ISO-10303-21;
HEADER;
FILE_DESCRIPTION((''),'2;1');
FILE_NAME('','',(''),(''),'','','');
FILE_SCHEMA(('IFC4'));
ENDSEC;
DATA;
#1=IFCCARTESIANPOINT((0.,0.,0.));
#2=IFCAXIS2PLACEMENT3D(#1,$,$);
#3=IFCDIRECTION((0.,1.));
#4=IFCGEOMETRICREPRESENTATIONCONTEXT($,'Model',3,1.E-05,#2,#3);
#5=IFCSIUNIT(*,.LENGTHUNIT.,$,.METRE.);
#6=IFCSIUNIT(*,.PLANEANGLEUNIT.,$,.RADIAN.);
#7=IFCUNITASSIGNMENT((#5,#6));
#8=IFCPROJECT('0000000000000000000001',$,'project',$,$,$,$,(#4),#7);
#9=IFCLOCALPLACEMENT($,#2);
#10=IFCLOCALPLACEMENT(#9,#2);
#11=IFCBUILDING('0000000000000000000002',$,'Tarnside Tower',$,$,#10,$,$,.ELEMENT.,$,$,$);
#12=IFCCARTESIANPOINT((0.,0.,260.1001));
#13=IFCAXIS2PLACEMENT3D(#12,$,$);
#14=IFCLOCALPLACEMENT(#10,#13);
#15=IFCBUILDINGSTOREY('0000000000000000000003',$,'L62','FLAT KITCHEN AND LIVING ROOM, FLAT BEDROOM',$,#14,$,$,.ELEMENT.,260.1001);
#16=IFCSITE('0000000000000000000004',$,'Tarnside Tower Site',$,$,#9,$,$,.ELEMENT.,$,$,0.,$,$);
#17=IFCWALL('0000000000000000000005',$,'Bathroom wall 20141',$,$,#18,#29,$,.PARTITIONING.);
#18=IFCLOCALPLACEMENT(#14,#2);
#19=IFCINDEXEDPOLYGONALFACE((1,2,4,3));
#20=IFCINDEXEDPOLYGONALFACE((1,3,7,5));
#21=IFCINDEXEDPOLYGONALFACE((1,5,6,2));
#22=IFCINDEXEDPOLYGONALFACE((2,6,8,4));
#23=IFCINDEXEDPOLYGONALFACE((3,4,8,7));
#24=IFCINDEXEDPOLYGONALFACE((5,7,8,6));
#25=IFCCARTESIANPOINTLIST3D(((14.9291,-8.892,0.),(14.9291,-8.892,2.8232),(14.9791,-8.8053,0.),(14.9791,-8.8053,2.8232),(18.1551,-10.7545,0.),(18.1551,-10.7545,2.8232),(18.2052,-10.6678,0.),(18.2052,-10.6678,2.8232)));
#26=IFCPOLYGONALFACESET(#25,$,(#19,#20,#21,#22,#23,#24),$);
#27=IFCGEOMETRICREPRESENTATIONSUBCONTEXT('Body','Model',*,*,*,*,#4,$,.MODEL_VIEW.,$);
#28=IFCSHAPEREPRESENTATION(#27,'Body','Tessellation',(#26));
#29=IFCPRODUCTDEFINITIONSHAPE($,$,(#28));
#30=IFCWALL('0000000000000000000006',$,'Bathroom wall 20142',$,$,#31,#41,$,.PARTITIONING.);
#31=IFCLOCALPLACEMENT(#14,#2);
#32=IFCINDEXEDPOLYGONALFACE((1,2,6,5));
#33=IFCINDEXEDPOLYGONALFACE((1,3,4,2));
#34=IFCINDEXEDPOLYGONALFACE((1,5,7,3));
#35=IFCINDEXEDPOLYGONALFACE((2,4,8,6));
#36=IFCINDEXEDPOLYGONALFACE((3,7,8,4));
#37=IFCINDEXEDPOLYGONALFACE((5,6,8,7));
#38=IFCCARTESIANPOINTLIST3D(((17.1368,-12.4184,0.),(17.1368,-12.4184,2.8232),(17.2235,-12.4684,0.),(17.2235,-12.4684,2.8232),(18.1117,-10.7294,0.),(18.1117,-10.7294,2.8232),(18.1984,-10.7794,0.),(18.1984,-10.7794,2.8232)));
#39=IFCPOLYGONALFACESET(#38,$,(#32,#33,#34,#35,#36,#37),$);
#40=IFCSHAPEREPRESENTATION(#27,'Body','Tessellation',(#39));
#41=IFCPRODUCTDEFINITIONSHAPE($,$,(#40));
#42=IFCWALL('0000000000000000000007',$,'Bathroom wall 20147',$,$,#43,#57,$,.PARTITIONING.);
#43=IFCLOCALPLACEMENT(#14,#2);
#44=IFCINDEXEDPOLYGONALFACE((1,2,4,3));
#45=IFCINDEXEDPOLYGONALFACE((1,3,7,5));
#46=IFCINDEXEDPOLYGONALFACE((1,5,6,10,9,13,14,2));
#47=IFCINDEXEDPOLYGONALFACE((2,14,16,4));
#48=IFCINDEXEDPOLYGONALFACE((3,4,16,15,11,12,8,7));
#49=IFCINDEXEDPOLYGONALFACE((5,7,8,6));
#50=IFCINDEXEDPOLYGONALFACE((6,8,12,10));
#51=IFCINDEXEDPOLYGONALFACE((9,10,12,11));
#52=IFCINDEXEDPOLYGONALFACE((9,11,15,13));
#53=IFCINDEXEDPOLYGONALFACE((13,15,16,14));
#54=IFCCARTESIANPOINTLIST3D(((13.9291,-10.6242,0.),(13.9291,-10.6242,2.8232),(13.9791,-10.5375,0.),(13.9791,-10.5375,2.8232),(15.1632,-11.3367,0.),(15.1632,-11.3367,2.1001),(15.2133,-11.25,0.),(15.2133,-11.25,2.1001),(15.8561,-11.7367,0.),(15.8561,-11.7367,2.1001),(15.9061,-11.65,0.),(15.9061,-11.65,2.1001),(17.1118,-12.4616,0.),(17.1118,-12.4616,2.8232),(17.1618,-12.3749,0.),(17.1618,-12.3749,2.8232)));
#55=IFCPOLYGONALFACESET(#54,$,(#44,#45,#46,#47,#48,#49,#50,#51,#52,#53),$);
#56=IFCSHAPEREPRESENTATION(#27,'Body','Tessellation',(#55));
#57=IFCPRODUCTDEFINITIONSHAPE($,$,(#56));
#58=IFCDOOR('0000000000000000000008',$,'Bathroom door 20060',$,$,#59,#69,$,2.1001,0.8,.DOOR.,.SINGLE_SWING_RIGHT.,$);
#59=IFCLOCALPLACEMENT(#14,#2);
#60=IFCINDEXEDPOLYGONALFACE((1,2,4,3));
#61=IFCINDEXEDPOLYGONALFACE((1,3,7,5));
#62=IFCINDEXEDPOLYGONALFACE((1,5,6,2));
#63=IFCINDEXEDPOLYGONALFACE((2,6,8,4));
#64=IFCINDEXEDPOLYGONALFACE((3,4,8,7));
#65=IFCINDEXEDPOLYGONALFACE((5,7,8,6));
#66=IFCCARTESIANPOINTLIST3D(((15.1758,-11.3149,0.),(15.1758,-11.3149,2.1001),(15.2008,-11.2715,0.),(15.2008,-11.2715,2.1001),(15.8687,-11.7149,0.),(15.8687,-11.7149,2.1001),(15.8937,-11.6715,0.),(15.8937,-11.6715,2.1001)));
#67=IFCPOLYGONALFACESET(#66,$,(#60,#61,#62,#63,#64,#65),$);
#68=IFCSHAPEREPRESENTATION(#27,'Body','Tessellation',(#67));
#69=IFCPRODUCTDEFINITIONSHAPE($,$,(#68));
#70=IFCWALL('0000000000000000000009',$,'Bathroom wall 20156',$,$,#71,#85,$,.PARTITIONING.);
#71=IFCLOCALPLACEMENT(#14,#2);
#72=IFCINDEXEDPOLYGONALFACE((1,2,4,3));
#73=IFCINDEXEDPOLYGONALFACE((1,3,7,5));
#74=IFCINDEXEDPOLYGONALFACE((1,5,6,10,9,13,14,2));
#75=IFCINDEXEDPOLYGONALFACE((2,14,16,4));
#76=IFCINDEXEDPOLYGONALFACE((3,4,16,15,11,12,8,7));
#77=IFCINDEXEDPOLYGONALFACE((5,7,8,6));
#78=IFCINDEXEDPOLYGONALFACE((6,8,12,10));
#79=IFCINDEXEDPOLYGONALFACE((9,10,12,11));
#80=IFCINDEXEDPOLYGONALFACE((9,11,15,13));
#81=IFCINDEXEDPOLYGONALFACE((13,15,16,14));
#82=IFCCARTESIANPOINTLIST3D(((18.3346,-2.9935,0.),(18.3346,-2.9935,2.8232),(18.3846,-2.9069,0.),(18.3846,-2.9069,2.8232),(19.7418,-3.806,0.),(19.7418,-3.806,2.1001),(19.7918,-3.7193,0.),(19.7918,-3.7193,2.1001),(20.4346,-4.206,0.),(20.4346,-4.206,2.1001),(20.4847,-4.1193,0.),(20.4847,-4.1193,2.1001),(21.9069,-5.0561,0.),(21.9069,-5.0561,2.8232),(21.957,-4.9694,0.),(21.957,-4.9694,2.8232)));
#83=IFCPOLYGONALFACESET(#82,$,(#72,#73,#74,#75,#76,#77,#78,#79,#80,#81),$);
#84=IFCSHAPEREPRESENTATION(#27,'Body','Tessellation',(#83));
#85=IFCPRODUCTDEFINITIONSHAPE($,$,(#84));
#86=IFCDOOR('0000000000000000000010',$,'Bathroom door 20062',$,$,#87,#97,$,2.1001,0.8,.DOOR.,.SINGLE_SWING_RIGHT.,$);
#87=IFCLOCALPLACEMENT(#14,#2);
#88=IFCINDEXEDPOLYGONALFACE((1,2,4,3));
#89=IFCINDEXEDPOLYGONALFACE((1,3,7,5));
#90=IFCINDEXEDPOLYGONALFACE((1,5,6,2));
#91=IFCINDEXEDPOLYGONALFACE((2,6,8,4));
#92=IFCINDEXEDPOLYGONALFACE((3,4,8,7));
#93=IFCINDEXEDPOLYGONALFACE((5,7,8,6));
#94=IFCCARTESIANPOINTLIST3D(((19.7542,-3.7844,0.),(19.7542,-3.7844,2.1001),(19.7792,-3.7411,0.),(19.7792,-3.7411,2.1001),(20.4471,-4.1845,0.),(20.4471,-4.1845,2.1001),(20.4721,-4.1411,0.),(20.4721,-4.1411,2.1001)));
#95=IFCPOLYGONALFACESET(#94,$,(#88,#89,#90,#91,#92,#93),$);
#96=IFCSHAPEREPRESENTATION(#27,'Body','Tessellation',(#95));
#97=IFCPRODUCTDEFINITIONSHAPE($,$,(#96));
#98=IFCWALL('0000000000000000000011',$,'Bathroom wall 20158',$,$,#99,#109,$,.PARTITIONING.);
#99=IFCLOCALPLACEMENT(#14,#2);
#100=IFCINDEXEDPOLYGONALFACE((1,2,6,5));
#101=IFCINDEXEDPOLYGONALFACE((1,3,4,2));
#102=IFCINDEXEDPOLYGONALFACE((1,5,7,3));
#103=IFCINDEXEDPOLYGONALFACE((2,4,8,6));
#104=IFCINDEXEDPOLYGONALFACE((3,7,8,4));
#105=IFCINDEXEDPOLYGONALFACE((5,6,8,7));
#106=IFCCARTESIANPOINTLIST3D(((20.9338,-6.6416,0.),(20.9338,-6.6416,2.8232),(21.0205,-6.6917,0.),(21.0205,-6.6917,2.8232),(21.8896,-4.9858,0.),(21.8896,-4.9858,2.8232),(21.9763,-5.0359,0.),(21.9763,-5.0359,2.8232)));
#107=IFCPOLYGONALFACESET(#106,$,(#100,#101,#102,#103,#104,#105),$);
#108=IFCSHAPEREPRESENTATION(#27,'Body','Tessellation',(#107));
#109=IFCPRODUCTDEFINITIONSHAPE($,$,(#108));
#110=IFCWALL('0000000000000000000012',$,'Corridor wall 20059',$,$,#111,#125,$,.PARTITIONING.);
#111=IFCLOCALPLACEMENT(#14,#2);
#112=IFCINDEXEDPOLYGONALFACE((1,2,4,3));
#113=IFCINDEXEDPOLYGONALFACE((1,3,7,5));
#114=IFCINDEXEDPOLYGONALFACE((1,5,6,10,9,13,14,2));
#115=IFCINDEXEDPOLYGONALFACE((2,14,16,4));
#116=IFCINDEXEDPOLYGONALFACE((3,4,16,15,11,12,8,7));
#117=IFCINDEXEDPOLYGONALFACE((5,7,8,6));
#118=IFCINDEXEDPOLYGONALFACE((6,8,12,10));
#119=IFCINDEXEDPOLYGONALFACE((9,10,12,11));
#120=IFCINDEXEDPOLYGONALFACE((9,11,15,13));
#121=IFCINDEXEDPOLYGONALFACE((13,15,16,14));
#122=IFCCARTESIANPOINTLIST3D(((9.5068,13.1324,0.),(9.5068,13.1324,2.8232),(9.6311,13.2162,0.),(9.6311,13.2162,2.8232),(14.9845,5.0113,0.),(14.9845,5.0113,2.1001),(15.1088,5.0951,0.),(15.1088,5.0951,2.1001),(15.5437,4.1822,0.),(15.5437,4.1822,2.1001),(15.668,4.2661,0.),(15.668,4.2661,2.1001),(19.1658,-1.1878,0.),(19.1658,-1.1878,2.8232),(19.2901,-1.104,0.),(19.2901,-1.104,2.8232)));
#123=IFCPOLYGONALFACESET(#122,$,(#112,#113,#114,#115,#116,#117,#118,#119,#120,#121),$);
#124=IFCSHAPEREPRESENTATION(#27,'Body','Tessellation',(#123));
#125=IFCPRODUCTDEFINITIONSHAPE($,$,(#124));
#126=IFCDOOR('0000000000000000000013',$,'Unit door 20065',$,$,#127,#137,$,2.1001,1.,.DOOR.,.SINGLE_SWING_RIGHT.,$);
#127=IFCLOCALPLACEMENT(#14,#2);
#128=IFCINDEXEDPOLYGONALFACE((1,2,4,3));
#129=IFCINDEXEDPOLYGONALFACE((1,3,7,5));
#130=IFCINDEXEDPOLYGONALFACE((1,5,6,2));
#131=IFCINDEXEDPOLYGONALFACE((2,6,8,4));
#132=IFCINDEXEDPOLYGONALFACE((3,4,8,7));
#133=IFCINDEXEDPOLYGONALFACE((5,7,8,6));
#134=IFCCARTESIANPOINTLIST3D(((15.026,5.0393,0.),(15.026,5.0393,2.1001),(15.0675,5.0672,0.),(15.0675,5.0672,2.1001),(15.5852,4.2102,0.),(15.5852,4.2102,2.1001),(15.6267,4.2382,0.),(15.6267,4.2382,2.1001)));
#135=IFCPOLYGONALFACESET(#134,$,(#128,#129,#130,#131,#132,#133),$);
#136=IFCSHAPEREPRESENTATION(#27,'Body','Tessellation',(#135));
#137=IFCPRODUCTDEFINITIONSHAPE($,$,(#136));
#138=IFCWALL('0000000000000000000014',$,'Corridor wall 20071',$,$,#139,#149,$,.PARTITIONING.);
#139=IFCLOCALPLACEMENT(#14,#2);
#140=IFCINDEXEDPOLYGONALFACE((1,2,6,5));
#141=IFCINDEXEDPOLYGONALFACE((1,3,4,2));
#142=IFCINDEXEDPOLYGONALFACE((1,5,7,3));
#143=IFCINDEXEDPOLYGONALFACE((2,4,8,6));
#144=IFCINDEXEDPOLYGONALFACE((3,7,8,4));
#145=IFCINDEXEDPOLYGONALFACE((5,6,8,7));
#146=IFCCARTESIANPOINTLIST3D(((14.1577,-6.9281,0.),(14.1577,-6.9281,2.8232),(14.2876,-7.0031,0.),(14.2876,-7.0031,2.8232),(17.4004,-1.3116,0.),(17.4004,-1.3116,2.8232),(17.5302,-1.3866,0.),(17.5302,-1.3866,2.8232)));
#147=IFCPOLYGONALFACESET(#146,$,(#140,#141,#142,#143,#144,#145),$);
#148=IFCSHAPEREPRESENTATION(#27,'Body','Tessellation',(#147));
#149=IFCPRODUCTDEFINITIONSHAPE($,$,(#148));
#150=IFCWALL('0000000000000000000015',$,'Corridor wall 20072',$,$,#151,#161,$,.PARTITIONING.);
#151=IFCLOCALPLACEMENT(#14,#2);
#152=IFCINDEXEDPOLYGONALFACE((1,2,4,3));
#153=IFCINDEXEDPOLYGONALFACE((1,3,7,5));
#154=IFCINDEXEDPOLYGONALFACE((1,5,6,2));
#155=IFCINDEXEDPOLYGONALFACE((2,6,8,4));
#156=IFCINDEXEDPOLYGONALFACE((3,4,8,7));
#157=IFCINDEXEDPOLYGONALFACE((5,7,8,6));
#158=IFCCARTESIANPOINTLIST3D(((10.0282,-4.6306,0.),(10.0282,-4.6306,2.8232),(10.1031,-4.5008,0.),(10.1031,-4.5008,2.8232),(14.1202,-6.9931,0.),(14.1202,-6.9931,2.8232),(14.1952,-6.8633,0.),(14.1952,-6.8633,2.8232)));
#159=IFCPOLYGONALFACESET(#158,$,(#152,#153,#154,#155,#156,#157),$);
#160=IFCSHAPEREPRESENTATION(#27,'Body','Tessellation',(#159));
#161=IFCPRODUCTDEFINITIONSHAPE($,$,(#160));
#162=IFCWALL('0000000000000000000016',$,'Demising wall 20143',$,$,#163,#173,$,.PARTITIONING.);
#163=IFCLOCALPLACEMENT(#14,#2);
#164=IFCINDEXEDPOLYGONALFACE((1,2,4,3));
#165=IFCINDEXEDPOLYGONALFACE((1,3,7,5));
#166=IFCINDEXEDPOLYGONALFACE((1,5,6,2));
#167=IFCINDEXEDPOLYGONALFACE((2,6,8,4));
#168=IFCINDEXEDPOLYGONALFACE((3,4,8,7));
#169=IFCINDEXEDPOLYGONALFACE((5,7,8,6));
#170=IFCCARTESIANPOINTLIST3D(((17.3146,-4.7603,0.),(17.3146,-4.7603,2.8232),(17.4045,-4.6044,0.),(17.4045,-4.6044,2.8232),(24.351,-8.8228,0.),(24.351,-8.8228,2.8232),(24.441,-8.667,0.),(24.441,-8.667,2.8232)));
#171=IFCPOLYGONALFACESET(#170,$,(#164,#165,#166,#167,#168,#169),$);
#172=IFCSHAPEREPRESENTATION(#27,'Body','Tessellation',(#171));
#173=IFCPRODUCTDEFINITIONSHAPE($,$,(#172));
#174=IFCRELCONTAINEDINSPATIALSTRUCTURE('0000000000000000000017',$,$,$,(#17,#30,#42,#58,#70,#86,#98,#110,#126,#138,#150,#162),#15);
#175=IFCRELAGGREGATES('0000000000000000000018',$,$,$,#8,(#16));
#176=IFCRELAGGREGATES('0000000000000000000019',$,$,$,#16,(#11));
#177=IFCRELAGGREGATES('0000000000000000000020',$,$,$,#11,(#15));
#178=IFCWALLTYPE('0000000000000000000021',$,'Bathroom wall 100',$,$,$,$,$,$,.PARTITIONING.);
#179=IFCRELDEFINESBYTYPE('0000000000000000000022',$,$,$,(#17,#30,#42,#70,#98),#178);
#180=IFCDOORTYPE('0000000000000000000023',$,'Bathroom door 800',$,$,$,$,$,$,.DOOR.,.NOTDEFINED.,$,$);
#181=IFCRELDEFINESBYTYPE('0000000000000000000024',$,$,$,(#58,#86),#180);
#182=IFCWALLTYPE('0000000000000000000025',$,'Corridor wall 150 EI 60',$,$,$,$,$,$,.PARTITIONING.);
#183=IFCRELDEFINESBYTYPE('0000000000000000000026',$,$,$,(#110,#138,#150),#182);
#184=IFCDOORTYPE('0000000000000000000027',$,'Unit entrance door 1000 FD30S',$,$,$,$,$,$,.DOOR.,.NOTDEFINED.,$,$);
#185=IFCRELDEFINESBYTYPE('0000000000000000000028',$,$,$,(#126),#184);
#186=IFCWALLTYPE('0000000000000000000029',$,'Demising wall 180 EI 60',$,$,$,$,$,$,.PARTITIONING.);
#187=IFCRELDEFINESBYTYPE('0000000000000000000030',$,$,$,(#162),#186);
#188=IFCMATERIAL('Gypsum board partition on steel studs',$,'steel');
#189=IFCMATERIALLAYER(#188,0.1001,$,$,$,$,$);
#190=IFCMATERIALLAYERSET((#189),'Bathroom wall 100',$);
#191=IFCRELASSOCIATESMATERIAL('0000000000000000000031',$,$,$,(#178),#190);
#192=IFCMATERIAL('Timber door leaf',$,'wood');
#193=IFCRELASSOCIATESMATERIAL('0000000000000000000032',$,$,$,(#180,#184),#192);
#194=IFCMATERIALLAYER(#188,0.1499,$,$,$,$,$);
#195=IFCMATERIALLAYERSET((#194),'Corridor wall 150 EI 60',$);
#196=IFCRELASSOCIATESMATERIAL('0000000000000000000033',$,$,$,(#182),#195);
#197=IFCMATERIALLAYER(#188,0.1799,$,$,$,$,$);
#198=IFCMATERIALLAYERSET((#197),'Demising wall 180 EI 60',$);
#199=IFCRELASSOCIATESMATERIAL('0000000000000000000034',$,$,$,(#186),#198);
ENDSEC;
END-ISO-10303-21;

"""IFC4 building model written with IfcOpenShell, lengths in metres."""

from ifc_helpers import new_model, si_unit, direction, frame, frame_2d, origin, place, context, subcontext, project, spatial, rectangle, extrude, material, layer, layer_set, type_object, element, fill, save


model = new_model("IFC4")

# Units and contexts
model_context = context("Model", 3, precision=1e-05, world=origin(), true_north=direction((0.0, 1.0)))
body_context = subcontext(model_context, "Body", "Model", "MODEL_VIEW")
ifc_project = project(units=[si_unit("LENGTHUNIT", "METRE"), si_unit("PLANEANGLEUNIT", "RADIAN")], contexts=[model_context])

# Site, building, storey
site_placement = place(None, origin())
site = spatial("IfcSite", under=ifc_project, at=site_placement, Name="Tarnside Tower Site", CompositionType="ELEMENT", RefElevation=0.0)
building_placement = place(site_placement, origin())
building = spatial("IfcBuilding", under=site, at=building_placement, Name="Tarnside Tower", CompositionType="ELEMENT")
storey_placement = place(building_placement, frame((0.0, 0.0, 260.1001)))
storey = spatial("IfcBuildingStorey", under=building, at=storey_placement, Name="L62", Description="FLAT KITCHEN AND LIVING ROOM, FLAT BEDROOM", CompositionType="ELEMENT", Elevation=260.1001)

# Walls
ifc_material_1 = material(Name="Gypsum board partition on steel studs", Category="steel")
ifc_layer_1 = layer(ifc_material_1, 0.1001)
ifc_layer_set_1 = layer_set([ifc_layer_1], Name="Bathroom wall 100")
wall_type_1 = type_object("IfcWallType", Name="Bathroom wall 100", PredefinedType="PARTITIONING", material=ifc_layer_set_1)
wall_1_placement = place(storey_placement, frame((14.9541, -8.8486, 0.0), z_axis=(0.0, 0.0, 1.0), x_axis=(0.866028, -0.499995, 0.0)))
element("IfcWall", 1, at=wall_1_placement, inside=storey, type_object=wall_type_1, Name="Bathroom wall 20141", PredefinedType="PARTITIONING", context=body_context, shape_type="SweptSolid", body=[
    extrude(rectangle(XDim=3.7251, YDim=0.1001, at=frame_2d((1.8625, 0.0))), origin(), (0.0, 0.0, 1.0), 2.8232),
])
wall_2_placement = place(storey_placement, frame((18.155, -10.7544, 0.0), z_axis=(0.0, 0.0, 1.0), x_axis=(-0.499896, -0.866086, 0.0)))
element("IfcWall", 2, at=wall_2_placement, inside=storey, type_object=wall_type_1, Name="Bathroom wall 20142", PredefinedType="PARTITIONING", context=body_context, shape_type="SweptSolid", body=[
    extrude(rectangle(XDim=1.9502, YDim=0.1001, at=frame_2d((0.9751, 0.0))), origin(), (0.0, 0.0, 1.0), 2.8232),
])

# Walls, openings, doors
wall_3_placement = place(storey_placement, frame((17.1367, -12.4182, 0.0), z_axis=(0.0, 0.0, 1.0), x_axis=(-0.866035, 0.499983, 0.0)))
wall_3 = element("IfcWall", 3, at=wall_3_placement, inside=storey, type_object=wall_type_1, Name="Bathroom wall 20147", PredefinedType="PARTITIONING", context=body_context, shape_type="SweptSolid", body=[
    extrude(rectangle(XDim=3.675, YDim=0.1001, at=frame_2d((1.8374, 0.0))), origin(), (0.0, 0.0, 1.0), 2.8232),
])
opening_1_placement = place(wall_3_placement, frame((1.45, 0.0, 0.0)))
opening_1 = element("IfcOpeningElement", 4, at=opening_1_placement, cuts=wall_3, PredefinedType="OPENING", context=body_context, shape_type="SweptSolid", body=[
    extrude(rectangle(XDim=0.8, YDim=2.1001, at=frame_2d((0.3999, 1.05))), frame((0.0, 0.0601, 0.0), z_axis=(0.0, -1.0, 0.0), x_axis=(1.0, 0.0, 0.0)), (0.0, 0.0, 1.0), 0.1201),
])
ifc_material_2 = material(Name="Timber door leaf", Category="wood")
door_type_1 = type_object("IfcDoorType", Name="Bathroom door 800", OperationType="NOTDEFINED", PredefinedType="DOOR", material=ifc_material_2)
door_1_placement = place(opening_1_placement, origin())
door_1 = element("IfcDoor", 5, at=door_1_placement, inside=storey, type_object=door_type_1, Name="Bathroom door 20060", OperationType="SINGLE_SWING_RIGHT", OverallHeight=2.1001, OverallWidth=0.8, PredefinedType="DOOR", context=body_context, shape_type="SweptSolid", body=[
    extrude(rectangle(XDim=0.8, YDim=2.1001, at=frame_2d((0.3999, 1.05))), frame((0.0, 0.0249, 0.0), z_axis=(0.0, -1.0, 0.0), x_axis=(1.0, 0.0, 0.0)), (0.0, 0.0, 1.0), 0.05),
])
fill(opening_1, door_1)
wall_4_placement = place(storey_placement, frame((18.3596, -2.9502, 0.0), z_axis=(0.0, 0.0, 1.0), x_axis=(0.86602, -0.500009, 0.0)))
wall_4 = element("IfcWall", 6, at=wall_4_placement, inside=storey, type_object=wall_type_1, Name="Bathroom wall 20156", PredefinedType="PARTITIONING", context=body_context, shape_type="SweptSolid", body=[
    extrude(rectangle(XDim=4.125, YDim=0.1001, at=frame_2d((2.0625, 0.0))), origin(), (0.0, 0.0, 1.0), 2.8232),
])
opening_2_placement = place(wall_4_placement, frame((1.625, 0.0, 0.0)))
opening_2 = element("IfcOpeningElement", 7, at=opening_2_placement, cuts=wall_4, PredefinedType="OPENING", context=body_context, shape_type="SweptSolid", body=[
    extrude(rectangle(XDim=0.8, YDim=2.1001, at=frame_2d((0.3999, 1.05))), frame((0.0, 0.0601, 0.0), z_axis=(0.0, -1.0, 0.0), x_axis=(1.0, 0.0, 0.0)), (0.0, 0.0, 1.0), 0.1201),
])
door_2_placement = place(opening_2_placement, origin())
door_2 = element("IfcDoor", 8, at=door_2_placement, inside=storey, type_object=door_type_1, Name="Bathroom door 20062", OperationType="SINGLE_SWING_RIGHT", OverallHeight=2.1001, OverallWidth=0.8, PredefinedType="DOOR", context=body_context, shape_type="SweptSolid", body=[
    extrude(rectangle(XDim=0.8, YDim=2.1001, at=frame_2d((0.3999, 1.05))), frame((0.0, 0.0249, 0.0), z_axis=(0.0, -1.0, 0.0), x_axis=(1.0, 0.0, 0.0)), (0.0, 0.0, 1.0), 0.05),
])
fill(opening_2, door_2)

# Wall
wall_5_placement = place(storey_placement, frame((20.9771, -6.6667, 0.0), z_axis=(0.0, 0.0, 1.0), x_axis=(0.499944, 0.866058, 0.0)))
element("IfcWall", 9, at=wall_5_placement, inside=storey, type_object=wall_type_1, Name="Bathroom wall 20158", PredefinedType="PARTITIONING", context=body_context, shape_type="SweptSolid", body=[
    extrude(rectangle(XDim=1.9119, YDim=0.1001, at=frame_2d((0.9561, 0.0))), origin(), (0.0, 0.0, 1.0), 2.8232),
])

# Wall, opening, door
ifc_layer_2 = layer(ifc_material_1, 0.1499)
ifc_layer_set_2 = layer_set([ifc_layer_2], Name="Corridor wall 150 EI 60")
wall_type_2 = type_object("IfcWallType", Name="Corridor wall 150 EI 60", PredefinedType="PARTITIONING", material=ifc_layer_set_2)
wall_6_placement = place(storey_placement, frame((19.228, -1.146, 0.0), z_axis=(0.0, 0.0, 1.0), x_axis=(-0.55919, 0.82904, 0.0)))
wall_6 = element("IfcWall", 10, at=wall_6_placement, inside=storey, type_object=wall_type_2, Name="Corridor wall 20059", PredefinedType="PARTITIONING", context=body_context, shape_type="SweptSolid", body=[
    extrude(rectangle(XDim=17.2732, YDim=0.1499, at=frame_2d((8.6367, 0.0))), origin(), (0.0, 0.0, 1.0), 2.8232),
])
opening_3_placement = place(wall_6_placement, frame((6.4775, 0.0, 0.0)))
opening_3 = element("IfcOpeningElement", 11, at=opening_3_placement, cuts=wall_6, PredefinedType="OPENING", context=body_context, shape_type="SweptSolid", body=[
    extrude(rectangle(XDim=1.0, YDim=2.1001, at=frame_2d((0.5, 1.05))), frame((0.0, 0.085, 0.0), z_axis=(0.0, -1.0, 0.0), x_axis=(1.0, 0.0, 0.0)), (0.0, 0.0, 1.0), 0.1699),
])
door_type_2 = type_object("IfcDoorType", Name="Unit entrance door 1000 FD30S", OperationType="NOTDEFINED", PredefinedType="DOOR", material=ifc_material_2)
door_3_placement = place(opening_3_placement, origin())
door_3 = element("IfcDoor", 12, at=door_3_placement, inside=storey, type_object=door_type_2, Name="Unit door 20065", OperationType="SINGLE_SWING_RIGHT", OverallHeight=2.1001, OverallWidth=1.0, PredefinedType="DOOR", context=body_context, shape_type="SweptSolid", body=[
    extrude(rectangle(XDim=1.0, YDim=2.1001, at=frame_2d((0.5, 1.05))), frame((0.0, 0.0249, 0.0), z_axis=(0.0, -1.0, 0.0), x_axis=(1.0, 0.0, 0.0)), (0.0, 0.0, 1.0), 0.05),
])
fill(opening_3, door_3)

# Walls
wall_7_placement = place(storey_placement, frame((17.4653, -1.3491, 0.0), z_axis=(0.0, 0.0, 1.0), x_axis=(-0.500002, -0.866024, 0.0)))
element("IfcWall", 13, at=wall_7_placement, inside=storey, type_object=wall_type_2, Name="Corridor wall 20071", PredefinedType="PARTITIONING", context=body_context, shape_type="SweptSolid", body=[
    extrude(rectangle(XDim=6.4854, YDim=0.1499, at=frame_2d((3.2427, 0.0))), origin(), (0.0, 0.0, 1.0), 2.8232),
])
wall_8_placement = place(storey_placement, frame((14.1577, -6.9282, 0.0), z_axis=(0.0, 0.0, 1.0), x_axis=(-0.866025, 0.500001, 0.0)))
element("IfcWall", 14, at=wall_8_placement, inside=storey, type_object=wall_type_2, Name="Corridor wall 20072", PredefinedType="PARTITIONING", context=body_context, shape_type="SweptSolid", body=[
    extrude(rectangle(XDim=4.7251, YDim=0.1499, at=frame_2d((2.3625, 0.0))), origin(), (0.0, 0.0, 1.0), 2.8232),
])
ifc_layer_3 = layer(ifc_material_1, 0.1799)
ifc_layer_set_3 = layer_set([ifc_layer_3], Name="Demising wall 180 EI 60")
wall_type_3 = type_object("IfcWallType", Name="Demising wall 180 EI 60", PredefinedType="PARTITIONING", material=ifc_layer_set_3)
wall_9_placement = place(storey_placement, frame((24.396, -8.7449, 0.0), z_axis=(0.0, 0.0, 1.0), x_axis=(-0.866023, 0.500004, 0.0)))
element("IfcWall", 15, at=wall_9_placement, inside=storey, type_object=wall_type_3, Name="Demising wall 20143", PredefinedType="PARTITIONING", context=body_context, shape_type="SweptSolid", body=[
    extrude(rectangle(XDim=8.125, YDim=0.1799, at=frame_2d((4.0625, 0.0))), origin(), (0.0, 0.0, 1.0), 2.8232),
])

save(model, "model.ifc")
